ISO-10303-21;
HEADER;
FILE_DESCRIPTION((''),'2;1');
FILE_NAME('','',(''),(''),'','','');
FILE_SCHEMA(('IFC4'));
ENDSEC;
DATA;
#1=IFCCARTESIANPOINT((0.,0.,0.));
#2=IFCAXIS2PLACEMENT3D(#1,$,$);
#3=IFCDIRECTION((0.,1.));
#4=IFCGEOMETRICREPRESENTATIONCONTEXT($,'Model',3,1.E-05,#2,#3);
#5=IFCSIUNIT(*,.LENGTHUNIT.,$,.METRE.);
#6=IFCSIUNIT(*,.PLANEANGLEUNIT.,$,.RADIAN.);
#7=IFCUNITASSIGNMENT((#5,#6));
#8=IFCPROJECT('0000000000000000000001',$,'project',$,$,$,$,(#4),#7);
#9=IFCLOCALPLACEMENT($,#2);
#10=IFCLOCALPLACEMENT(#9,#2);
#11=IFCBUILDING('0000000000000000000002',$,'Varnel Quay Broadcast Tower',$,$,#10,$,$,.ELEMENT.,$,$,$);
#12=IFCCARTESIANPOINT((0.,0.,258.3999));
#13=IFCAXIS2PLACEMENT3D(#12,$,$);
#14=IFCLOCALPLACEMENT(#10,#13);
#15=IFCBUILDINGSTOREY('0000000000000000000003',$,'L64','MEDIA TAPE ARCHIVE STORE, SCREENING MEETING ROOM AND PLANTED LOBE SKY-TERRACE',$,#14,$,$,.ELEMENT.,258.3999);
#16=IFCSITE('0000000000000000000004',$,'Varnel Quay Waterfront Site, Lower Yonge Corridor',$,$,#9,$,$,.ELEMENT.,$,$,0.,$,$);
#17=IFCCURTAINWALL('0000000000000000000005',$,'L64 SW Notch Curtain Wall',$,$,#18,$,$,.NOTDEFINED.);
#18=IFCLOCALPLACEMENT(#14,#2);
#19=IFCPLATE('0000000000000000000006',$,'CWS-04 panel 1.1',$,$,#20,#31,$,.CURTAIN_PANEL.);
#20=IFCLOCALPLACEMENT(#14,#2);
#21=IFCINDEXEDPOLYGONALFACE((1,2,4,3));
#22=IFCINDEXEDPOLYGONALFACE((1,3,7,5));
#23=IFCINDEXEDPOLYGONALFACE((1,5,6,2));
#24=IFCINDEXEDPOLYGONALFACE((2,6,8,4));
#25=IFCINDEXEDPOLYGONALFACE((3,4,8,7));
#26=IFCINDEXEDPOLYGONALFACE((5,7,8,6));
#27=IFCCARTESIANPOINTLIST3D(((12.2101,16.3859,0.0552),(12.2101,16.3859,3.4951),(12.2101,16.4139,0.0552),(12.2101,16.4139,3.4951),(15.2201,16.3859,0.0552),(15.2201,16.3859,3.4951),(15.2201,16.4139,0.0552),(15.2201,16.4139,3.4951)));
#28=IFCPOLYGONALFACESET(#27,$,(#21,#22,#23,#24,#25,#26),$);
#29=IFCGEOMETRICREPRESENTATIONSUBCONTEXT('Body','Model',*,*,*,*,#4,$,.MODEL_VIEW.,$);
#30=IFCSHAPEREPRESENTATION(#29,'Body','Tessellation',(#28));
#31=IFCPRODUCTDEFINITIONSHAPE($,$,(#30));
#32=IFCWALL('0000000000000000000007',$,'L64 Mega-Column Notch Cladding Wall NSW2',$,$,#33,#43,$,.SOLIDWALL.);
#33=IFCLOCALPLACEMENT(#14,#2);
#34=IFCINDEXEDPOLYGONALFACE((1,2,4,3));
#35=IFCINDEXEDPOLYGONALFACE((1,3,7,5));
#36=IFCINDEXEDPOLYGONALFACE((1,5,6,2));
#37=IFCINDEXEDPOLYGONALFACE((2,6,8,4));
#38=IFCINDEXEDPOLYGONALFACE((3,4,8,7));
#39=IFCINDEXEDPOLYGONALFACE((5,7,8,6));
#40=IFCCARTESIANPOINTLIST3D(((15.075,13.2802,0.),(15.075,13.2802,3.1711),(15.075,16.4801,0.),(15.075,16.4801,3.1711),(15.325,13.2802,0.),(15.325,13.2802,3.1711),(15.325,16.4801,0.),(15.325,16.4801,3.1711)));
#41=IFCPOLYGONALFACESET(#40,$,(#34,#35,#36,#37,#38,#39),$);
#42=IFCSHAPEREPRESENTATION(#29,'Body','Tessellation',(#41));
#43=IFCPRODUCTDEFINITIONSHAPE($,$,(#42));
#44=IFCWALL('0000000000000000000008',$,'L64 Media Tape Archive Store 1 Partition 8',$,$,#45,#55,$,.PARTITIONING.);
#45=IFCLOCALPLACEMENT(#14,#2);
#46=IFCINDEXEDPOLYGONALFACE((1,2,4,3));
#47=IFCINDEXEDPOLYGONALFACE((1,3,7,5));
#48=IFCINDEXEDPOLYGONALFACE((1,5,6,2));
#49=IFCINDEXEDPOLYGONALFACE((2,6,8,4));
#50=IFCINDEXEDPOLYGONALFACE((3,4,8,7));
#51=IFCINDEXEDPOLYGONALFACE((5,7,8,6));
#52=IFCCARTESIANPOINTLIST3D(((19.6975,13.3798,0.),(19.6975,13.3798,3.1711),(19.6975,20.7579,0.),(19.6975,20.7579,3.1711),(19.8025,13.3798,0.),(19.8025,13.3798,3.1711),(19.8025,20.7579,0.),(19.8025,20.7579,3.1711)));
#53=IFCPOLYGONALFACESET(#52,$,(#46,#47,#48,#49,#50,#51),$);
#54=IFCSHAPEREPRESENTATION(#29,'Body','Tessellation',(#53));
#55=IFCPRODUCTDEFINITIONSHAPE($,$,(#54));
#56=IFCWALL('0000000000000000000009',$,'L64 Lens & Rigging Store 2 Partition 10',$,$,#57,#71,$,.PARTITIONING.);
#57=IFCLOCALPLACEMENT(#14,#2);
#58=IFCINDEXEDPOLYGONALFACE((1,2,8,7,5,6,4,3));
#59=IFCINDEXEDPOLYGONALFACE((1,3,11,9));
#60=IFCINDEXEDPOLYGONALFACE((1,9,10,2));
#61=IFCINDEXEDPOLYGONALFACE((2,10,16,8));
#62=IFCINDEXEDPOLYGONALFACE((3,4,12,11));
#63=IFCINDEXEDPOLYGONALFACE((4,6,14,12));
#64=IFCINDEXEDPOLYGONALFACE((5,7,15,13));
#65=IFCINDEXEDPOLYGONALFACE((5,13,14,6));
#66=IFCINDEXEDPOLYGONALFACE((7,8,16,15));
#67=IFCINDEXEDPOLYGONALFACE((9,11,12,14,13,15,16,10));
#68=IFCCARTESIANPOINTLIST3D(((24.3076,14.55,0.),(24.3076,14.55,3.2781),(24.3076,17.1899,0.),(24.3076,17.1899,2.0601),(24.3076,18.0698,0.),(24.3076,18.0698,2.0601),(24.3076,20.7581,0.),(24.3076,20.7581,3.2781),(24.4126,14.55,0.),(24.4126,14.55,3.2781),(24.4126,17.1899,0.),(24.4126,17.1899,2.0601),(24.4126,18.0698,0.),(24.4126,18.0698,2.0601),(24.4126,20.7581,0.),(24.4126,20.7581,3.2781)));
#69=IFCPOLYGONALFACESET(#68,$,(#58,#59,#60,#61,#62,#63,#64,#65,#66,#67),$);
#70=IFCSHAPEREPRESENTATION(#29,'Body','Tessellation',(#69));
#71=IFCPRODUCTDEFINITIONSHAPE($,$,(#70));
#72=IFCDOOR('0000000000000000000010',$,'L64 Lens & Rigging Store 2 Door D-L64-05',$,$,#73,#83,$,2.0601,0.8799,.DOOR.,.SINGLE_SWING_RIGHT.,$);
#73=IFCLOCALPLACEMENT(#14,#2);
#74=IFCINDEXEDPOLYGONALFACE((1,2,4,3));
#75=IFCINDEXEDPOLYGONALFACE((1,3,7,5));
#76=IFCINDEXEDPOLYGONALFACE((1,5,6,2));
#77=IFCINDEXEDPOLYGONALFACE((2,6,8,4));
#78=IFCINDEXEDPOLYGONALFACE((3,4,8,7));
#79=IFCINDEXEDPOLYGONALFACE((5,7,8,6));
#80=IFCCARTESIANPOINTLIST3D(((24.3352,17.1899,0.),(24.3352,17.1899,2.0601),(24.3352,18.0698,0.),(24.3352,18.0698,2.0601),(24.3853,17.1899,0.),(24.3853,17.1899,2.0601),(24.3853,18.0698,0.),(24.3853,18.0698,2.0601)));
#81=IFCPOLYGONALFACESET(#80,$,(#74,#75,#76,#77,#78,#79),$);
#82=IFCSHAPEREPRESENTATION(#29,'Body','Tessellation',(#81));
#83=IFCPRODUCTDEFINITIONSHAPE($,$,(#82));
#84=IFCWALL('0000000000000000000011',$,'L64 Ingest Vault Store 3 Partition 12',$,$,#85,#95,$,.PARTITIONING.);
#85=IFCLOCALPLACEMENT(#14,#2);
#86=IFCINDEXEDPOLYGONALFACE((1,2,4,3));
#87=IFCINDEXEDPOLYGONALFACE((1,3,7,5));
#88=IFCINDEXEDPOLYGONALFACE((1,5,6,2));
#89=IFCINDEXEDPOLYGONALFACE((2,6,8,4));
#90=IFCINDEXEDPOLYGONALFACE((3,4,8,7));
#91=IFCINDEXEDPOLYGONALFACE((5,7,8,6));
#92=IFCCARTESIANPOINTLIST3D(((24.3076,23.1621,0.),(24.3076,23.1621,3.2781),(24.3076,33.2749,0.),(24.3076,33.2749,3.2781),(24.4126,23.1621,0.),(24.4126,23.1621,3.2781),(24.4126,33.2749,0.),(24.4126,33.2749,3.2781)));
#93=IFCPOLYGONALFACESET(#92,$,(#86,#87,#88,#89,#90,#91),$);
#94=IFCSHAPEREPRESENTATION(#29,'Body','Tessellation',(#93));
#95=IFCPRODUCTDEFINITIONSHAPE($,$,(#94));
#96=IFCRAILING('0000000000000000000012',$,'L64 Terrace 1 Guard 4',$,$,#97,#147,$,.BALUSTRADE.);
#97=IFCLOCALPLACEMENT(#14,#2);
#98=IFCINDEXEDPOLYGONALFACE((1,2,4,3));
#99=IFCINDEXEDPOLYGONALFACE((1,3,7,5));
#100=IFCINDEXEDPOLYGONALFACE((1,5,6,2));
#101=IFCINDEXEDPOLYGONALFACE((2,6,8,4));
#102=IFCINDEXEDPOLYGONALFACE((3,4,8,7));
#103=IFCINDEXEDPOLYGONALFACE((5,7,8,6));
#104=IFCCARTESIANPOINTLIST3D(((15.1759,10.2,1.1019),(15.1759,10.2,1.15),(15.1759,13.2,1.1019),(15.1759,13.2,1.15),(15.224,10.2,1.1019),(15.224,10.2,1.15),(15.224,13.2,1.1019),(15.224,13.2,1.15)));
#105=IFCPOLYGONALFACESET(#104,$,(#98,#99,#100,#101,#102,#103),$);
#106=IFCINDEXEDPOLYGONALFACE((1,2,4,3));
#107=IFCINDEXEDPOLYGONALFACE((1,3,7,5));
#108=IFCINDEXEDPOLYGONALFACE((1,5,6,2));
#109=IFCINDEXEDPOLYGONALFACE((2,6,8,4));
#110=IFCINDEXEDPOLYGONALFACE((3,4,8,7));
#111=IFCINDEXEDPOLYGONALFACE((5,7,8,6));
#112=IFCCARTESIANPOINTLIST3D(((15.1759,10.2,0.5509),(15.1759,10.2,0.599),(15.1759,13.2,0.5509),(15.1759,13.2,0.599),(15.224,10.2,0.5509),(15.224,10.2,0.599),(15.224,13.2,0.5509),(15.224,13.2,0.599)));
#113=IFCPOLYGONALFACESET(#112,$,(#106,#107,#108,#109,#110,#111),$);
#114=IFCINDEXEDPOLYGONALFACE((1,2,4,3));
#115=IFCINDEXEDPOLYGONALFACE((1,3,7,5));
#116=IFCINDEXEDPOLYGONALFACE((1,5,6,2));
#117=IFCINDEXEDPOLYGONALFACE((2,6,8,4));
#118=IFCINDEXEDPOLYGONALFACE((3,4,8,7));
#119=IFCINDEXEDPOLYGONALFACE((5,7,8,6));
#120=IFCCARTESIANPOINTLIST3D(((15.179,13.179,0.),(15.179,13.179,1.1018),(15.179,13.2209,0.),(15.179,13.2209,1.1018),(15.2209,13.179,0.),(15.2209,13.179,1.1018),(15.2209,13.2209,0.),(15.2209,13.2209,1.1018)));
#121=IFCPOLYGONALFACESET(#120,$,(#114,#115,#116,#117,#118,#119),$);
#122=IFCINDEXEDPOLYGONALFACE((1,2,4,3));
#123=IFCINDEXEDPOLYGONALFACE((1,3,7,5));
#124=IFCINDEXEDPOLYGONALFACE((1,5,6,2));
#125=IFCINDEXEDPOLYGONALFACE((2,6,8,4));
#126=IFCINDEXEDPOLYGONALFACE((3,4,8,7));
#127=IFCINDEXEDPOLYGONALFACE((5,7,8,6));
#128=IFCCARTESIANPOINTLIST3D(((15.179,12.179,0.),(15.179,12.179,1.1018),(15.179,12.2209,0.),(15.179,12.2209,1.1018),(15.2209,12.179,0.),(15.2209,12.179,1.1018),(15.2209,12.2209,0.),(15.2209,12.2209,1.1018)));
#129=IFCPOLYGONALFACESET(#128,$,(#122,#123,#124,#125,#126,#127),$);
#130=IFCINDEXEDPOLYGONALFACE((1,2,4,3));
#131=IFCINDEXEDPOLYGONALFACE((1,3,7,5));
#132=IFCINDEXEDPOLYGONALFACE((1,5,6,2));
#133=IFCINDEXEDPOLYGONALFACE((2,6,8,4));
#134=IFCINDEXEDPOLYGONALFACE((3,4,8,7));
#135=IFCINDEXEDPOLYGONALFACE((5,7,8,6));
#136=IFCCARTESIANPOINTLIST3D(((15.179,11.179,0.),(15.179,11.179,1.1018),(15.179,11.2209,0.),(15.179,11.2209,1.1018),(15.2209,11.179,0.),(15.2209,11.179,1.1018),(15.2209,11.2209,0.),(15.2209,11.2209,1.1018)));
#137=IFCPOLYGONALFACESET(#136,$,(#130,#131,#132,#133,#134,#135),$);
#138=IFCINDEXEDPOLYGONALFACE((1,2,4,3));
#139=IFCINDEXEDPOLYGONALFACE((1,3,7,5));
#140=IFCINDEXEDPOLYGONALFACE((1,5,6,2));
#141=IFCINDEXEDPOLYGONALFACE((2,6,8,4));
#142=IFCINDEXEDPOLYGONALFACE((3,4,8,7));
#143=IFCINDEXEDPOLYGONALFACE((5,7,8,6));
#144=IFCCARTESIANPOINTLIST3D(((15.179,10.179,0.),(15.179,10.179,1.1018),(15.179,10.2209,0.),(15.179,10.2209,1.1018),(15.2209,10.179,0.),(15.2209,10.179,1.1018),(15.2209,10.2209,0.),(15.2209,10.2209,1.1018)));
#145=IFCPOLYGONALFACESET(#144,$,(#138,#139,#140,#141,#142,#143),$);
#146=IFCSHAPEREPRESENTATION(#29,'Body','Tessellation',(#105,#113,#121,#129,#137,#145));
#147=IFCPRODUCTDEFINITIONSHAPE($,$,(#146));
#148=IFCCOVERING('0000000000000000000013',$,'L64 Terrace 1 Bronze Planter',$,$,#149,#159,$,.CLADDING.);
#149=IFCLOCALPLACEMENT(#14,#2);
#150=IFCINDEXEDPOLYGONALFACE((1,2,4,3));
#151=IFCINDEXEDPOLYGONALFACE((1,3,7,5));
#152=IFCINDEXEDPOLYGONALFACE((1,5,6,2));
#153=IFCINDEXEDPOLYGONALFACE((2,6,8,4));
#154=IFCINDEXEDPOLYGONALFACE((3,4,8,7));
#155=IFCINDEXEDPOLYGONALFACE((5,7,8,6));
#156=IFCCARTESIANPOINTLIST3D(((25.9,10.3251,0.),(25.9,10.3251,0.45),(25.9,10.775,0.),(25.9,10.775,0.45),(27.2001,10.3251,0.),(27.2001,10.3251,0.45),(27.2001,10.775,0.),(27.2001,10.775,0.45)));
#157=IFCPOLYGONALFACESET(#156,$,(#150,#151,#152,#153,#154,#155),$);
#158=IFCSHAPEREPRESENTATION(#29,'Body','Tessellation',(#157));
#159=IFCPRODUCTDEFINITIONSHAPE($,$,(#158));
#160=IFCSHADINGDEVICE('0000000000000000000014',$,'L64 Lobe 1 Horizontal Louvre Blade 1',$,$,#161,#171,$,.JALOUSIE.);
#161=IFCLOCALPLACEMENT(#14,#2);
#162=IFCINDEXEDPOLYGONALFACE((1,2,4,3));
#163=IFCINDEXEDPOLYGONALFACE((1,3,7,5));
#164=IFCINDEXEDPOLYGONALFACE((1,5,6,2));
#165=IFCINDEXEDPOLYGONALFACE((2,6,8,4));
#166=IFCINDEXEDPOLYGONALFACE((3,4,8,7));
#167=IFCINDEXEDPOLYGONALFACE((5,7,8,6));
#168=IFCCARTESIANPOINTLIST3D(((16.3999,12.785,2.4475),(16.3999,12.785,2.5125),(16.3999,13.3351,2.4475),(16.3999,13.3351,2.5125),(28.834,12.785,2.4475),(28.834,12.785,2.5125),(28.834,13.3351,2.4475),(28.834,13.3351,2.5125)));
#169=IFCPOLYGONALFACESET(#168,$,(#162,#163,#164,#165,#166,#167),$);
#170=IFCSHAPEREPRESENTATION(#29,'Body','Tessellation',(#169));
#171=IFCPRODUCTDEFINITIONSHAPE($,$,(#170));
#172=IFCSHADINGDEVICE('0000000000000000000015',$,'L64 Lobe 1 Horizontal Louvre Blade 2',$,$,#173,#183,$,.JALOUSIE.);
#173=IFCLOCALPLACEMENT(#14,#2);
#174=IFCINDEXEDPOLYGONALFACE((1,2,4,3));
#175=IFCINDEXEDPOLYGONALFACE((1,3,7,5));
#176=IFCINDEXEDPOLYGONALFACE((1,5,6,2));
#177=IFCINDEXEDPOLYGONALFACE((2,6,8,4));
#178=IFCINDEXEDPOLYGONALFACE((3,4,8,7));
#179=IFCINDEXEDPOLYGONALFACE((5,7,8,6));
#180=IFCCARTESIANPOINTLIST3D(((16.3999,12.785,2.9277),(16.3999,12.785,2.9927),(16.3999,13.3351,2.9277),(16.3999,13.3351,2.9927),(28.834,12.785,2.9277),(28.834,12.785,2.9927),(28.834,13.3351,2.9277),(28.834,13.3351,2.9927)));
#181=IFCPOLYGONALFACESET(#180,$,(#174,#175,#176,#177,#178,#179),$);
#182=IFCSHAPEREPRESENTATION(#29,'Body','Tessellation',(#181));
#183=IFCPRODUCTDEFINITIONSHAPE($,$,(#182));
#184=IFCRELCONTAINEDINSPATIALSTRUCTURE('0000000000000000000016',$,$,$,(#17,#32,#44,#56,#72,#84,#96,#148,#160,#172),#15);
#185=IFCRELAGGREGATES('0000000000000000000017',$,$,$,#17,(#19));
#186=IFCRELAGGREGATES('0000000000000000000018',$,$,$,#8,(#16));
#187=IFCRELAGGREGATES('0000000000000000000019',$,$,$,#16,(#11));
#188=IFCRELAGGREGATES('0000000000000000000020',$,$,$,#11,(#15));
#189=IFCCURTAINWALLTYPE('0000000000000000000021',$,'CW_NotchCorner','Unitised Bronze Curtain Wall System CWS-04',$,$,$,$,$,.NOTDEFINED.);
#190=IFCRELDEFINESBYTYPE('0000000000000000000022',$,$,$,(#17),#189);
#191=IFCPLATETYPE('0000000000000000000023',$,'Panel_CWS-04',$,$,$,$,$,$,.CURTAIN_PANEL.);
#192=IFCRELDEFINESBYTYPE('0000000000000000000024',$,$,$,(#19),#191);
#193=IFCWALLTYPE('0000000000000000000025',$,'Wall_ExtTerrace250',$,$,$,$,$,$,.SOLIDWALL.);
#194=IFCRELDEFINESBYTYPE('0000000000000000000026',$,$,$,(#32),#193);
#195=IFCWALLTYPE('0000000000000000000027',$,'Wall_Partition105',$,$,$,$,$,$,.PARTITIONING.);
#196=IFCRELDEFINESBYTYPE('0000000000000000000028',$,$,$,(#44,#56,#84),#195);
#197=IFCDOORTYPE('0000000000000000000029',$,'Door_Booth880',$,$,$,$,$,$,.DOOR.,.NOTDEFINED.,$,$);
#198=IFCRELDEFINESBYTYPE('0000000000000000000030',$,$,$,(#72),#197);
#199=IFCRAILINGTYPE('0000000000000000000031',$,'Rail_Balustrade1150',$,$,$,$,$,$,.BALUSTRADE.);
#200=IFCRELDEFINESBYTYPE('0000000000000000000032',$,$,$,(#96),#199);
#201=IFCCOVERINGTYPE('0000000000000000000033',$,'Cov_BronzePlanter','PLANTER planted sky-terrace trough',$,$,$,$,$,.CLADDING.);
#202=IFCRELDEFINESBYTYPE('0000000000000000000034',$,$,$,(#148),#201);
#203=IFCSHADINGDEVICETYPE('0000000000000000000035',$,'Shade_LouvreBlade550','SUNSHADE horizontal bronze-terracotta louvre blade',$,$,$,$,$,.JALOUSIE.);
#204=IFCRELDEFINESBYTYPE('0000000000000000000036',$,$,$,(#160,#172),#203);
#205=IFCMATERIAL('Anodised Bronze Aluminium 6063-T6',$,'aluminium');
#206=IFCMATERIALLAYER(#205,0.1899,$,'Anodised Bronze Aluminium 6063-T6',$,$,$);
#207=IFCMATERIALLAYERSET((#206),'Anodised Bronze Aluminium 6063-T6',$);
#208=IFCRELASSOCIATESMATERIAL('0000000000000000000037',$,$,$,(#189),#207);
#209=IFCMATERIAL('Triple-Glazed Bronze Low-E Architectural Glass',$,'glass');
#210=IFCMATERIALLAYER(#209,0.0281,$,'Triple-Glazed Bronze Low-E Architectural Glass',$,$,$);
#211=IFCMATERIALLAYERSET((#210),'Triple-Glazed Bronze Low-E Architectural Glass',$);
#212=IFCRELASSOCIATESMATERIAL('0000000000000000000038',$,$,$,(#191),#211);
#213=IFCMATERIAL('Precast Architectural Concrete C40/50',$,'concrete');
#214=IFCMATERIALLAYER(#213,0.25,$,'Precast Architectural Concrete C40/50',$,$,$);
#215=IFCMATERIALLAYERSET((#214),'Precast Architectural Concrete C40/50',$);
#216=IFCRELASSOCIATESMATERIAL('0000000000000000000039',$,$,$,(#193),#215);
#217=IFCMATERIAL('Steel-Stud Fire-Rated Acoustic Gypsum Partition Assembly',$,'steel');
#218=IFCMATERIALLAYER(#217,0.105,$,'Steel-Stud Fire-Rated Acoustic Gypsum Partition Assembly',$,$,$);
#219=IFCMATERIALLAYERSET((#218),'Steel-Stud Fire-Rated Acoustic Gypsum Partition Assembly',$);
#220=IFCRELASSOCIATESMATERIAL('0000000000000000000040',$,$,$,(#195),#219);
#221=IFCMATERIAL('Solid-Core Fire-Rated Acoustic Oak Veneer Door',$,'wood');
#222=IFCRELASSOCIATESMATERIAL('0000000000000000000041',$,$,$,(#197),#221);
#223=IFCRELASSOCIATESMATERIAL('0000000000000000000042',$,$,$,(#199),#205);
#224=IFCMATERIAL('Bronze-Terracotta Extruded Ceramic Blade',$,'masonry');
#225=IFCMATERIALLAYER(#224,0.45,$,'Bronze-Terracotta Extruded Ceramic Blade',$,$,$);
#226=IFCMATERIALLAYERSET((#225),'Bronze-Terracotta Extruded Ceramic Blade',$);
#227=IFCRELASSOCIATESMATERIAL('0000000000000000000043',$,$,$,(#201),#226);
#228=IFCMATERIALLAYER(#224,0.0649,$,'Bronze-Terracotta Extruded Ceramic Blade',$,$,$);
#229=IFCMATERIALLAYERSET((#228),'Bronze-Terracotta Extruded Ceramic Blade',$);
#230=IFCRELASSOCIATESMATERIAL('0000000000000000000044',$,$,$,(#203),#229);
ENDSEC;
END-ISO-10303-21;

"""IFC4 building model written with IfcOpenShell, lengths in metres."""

from ifc_helpers import new_model, si_unit, direction, frame, frame_2d, origin, origin_2d, place, context, subcontext, project, spatial, rectangle, extrude, source, transform, mapped, material, layer, layer_set, type_object, type_shapes, element, fill, aggregate, save


model = new_model("IFC4")

# Units and contexts
model_context = context("Model", 3, precision=1e-05, world=origin(), true_north=direction((0.0, 1.0)))
body_context = subcontext(model_context, "Body", "Model", "MODEL_VIEW")
ifc_project = project(units=[si_unit("LENGTHUNIT", "METRE"), si_unit("PLANEANGLEUNIT", "RADIAN")], contexts=[model_context])

# Site, building, storey
site_placement = place(None, origin())
site = spatial("IfcSite", under=ifc_project, at=site_placement, Name="Varnel Quay Waterfront Site, Lower Yonge Corridor", CompositionType="ELEMENT", RefElevation=0.0)
building_placement = place(site_placement, origin())
building = spatial("IfcBuilding", under=site, at=building_placement, Name="Varnel Quay Broadcast Tower", CompositionType="ELEMENT")
storey_placement = place(building_placement, frame((0.0, 0.0, 258.3999)))
storey = spatial("IfcBuildingStorey", under=building, at=storey_placement, Name="L64", Description="MEDIA TAPE ARCHIVE STORE, SCREENING MEETING ROOM AND PLANTED LOBE SKY-TERRACE", CompositionType="ELEMENT", Elevation=258.3999)

# Curtain wall
ifc_material_1 = material(Name="Anodised Bronze Aluminium 6063-T6", Category="aluminium")
ifc_layer_1 = layer(ifc_material_1, 0.1899, Name="Anodised Bronze Aluminium 6063-T6")
ifc_layer_set_1 = layer_set([ifc_layer_1], Name="Anodised Bronze Aluminium 6063-T6")
curtain_wall_type_1 = type_object("IfcCurtainWallType", Name="CW_NotchCorner", Description="Unitised Bronze Curtain Wall System CWS-04", PredefinedType="NOTDEFINED", material=ifc_layer_set_1)
curtain_wall_1_placement = place(storey_placement, origin())
curtain_wall_1 = element("IfcCurtainWall", 1, at=curtain_wall_1_placement, inside=storey, type_object=curtain_wall_type_1, Name="L64 SW Notch Curtain Wall", PredefinedType="NOTDEFINED")

# Plate
ifc_material_2 = material(Name="Triple-Glazed Bronze Low-E Architectural Glass", Category="glass")
ifc_layer_2 = layer(ifc_material_2, 0.0281, Name="Triple-Glazed Bronze Low-E Architectural Glass")
ifc_layer_set_2 = layer_set([ifc_layer_2], Name="Triple-Glazed Bronze Low-E Architectural Glass")
plate_type_1 = type_object("IfcPlateType", Name="Panel_CWS-04", PredefinedType="CURTAIN_PANEL", material=ifc_layer_set_2)
shared_shape_1 = source(origin(), body_context, "Body", "SweptSolid", [
    extrude(rectangle(XDim=3.01, YDim=0.0281, at=origin_2d()), origin(), (0.0, 0.0, 1.0), 3.4399),
])
type_shapes(plate_type_1, [shared_shape_1])
plate_1_placement = place(storey_placement, frame((13.7151, 16.3999, 0.0552), z_axis=(0.0, 0.0, 1.0), x_axis=(1.0, 0.0, 0.0)))
plate_1 = element("IfcPlate", 2, at=plate_1_placement, type_object=plate_type_1, Name="CWS-04 panel 1.1", PredefinedType="CURTAIN_PANEL", context=body_context, shape_type="MappedRepresentation", body=[
    mapped(shared_shape_1, transform((0.0, 0.0, 0.0), x_axis=(1.0, 0.0, 0.0), y_axis=(0.0, 1.0, 0.0), z_axis=(0.0, 0.0, 1.0), scale=1.0)),
])
aggregate(curtain_wall_1, [plate_1])

# Shared definitions
ifc_material_3 = material(Name="Precast Architectural Concrete C40/50", Category="concrete")
ifc_layer_3 = layer(ifc_material_3, 0.25, Name="Precast Architectural Concrete C40/50")
ifc_layer_set_3 = layer_set([ifc_layer_3], Name="Precast Architectural Concrete C40/50")
wall_type_1 = type_object("IfcWallType", Name="Wall_ExtTerrace250", PredefinedType="SOLIDWALL", material=ifc_layer_set_3)

# Walls
wall_1_placement = place(storey_placement, frame((15.2, 13.28, 0.0), z_axis=(0.0, 0.0, 1.0), x_axis=(0.0, 1.0, 0.0)))
element("IfcWall", 3, at=wall_1_placement, inside=storey, type_object=wall_type_1, Name="L64 Mega-Column Notch Cladding Wall NSW2", PredefinedType="SOLIDWALL", context=body_context, shape_type="SweptSolid", body=[
    extrude(rectangle(XDim=3.2, YDim=0.25, at=frame_2d((1.6001, 0.0))), origin(), (0.0, 0.0, 1.0), 3.1711),
])
ifc_material_4 = material(Name="Steel-Stud Fire-Rated Acoustic Gypsum Partition Assembly", Category="steel")
ifc_layer_4 = layer(ifc_material_4, 0.105, Name="Steel-Stud Fire-Rated Acoustic Gypsum Partition Assembly")
ifc_layer_set_4 = layer_set([ifc_layer_4], Name="Steel-Stud Fire-Rated Acoustic Gypsum Partition Assembly")
wall_type_2 = type_object("IfcWallType", Name="Wall_Partition105", PredefinedType="PARTITIONING", material=ifc_layer_set_4)
wall_2_placement = place(storey_placement, frame((19.75, 13.3799, 0.0), z_axis=(0.0, 0.0, 1.0), x_axis=(0.0, 1.0, 0.0)))
element("IfcWall", 4, at=wall_2_placement, inside=storey, type_object=wall_type_2, Name="L64 Media Tape Archive Store 1 Partition 8", PredefinedType="PARTITIONING", context=body_context, shape_type="SweptSolid", body=[
    extrude(rectangle(XDim=7.3782, YDim=0.105, at=frame_2d((3.689, 0.0))), origin(), (0.0, 0.0, 1.0), 3.1711),
])

# Wall, opening, door
wall_3_placement = place(storey_placement, frame((24.3601, 14.55, 0.0), z_axis=(0.0, 0.0, 1.0), x_axis=(0.0, 1.0, 0.0)))
wall_3 = element("IfcWall", 5, at=wall_3_placement, inside=storey, type_object=wall_type_2, Name="L64 Lens & Rigging Store 2 Partition 10", PredefinedType="PARTITIONING", context=body_context, shape_type="SweptSolid", body=[
    extrude(rectangle(XDim=6.208, YDim=0.105, at=frame_2d((3.104, 0.0))), origin(), (0.0, 0.0, 1.0), 3.2781),
])
opening_1_placement = place(wall_3_placement, frame((2.6399, 0.0, 0.0)))
opening_1 = element("IfcOpeningElement", 6, at=opening_1_placement, cuts=wall_3, PredefinedType="OPENING", context=body_context, shape_type="SweptSolid", body=[
    extrude(rectangle(XDim=0.8799, YDim=2.0601, at=frame_2d((0.4399, 1.03))), frame((0.0, 0.0625, 0.0), z_axis=(0.0, -1.0, 0.0), x_axis=(1.0, 0.0, 0.0)), (0.0, 0.0, 1.0), 0.125),
])
ifc_material_5 = material(Name="Solid-Core Fire-Rated Acoustic Oak Veneer Door", Category="wood")
door_type_1 = type_object("IfcDoorType", Name="Door_Booth880", OperationType="NOTDEFINED", PredefinedType="DOOR", material=ifc_material_5)
shared_shape_2 = source(origin(), body_context, "Body", "SweptSolid", [
    extrude(rectangle(XDim=0.8799, YDim=2.0601, at=frame_2d((0.4399, 1.03))), frame((0.0, 0.0249, 0.0), z_axis=(0.0, -1.0, 0.0), x_axis=(1.0, 0.0, 0.0)), (0.0, 0.0, 1.0), 0.05),
])
type_shapes(door_type_1, [shared_shape_2])
door_1_placement = place(opening_1_placement, origin())
door_1 = element("IfcDoor", 7, at=door_1_placement, inside=storey, type_object=door_type_1, Name="L64 Lens & Rigging Store 2 Door D-L64-05", OperationType="SINGLE_SWING_RIGHT", OverallHeight=2.0601, OverallWidth=0.8799, PredefinedType="DOOR", context=body_context, shape_type="MappedRepresentation", body=[
    mapped(shared_shape_2, transform((0.0, 0.0, 0.0), x_axis=(1.0, 0.0, 0.0), y_axis=(0.0, 1.0, 0.0), z_axis=(0.0, 0.0, 1.0), scale=1.0)),
])
fill(opening_1, door_1)

# Wall
wall_4_placement = place(storey_placement, frame((24.3601, 23.1621, 0.0), z_axis=(0.0, 0.0, 1.0), x_axis=(0.0, 1.0, 0.0)))
element("IfcWall", 8, at=wall_4_placement, inside=storey, type_object=wall_type_2, Name="L64 Ingest Vault Store 3 Partition 12", PredefinedType="PARTITIONING", context=body_context, shape_type="SweptSolid", body=[
    extrude(rectangle(XDim=10.1128, YDim=0.105, at=frame_2d((5.0564, 0.0))), origin(), (0.0, 0.0, 1.0), 3.2781),
])

# Railing
railing_type = type_object("IfcRailingType", Name="Rail_Balustrade1150", PredefinedType="BALUSTRADE", material=ifc_material_1)
railing_1_placement = place(storey_placement, frame((15.2, 13.2, 0.0)))
element("IfcRailing", 9, at=railing_1_placement, inside=storey, type_object=railing_type, Name="L64 Terrace 1 Guard 4", PredefinedType="BALUSTRADE", context=body_context, shape_type="SweptSolid", body=[
    extrude(rectangle(XDim=0.0481, YDim=0.0481, at=origin_2d()), frame((0.0, 0.0, 1.126), z_axis=(0.0, -1.0, 0.0), x_axis=(1.0, 0.0, 0.0)), (0.0, 0.0, 1.0), 3.0),
    extrude(rectangle(XDim=0.0481, YDim=0.0481, at=origin_2d()), frame((0.0, 0.0, 0.575), z_axis=(0.0, -1.0, 0.0), x_axis=(1.0, 0.0, 0.0)), (0.0, 0.0, 1.0), 3.0),
    extrude(rectangle(XDim=0.042, YDim=0.042, at=origin_2d()), origin(), (0.0, 0.0, 1.0), 1.1018),
    extrude(rectangle(XDim=0.042, YDim=0.042, at=origin_2d()), frame((0.0, -1.0, 0.0)), (0.0, 0.0, 1.0), 1.1018),
    extrude(rectangle(XDim=0.042, YDim=0.042, at=origin_2d()), frame((0.0, -2.0, 0.0)), (0.0, 0.0, 1.0), 1.1018),
    extrude(rectangle(XDim=0.042, YDim=0.042, at=origin_2d()), frame((0.0, -3.0, 0.0)), (0.0, 0.0, 1.0), 1.1018),
])

# Covering
ifc_material_6 = material(Name="Bronze-Terracotta Extruded Ceramic Blade", Category="masonry")
ifc_layer_5 = layer(ifc_material_6, 0.45, Name="Bronze-Terracotta Extruded Ceramic Blade")
ifc_layer_set_5 = layer_set([ifc_layer_5], Name="Bronze-Terracotta Extruded Ceramic Blade")
covering_type = type_object("IfcCoveringType", Name="Cov_BronzePlanter", Description="PLANTER planted sky-terrace trough", PredefinedType="CLADDING", material=ifc_layer_set_5)
shared_shape_3 = source(origin(), body_context, "Body", "SweptSolid", [
    extrude(rectangle(XDim=1.3, YDim=0.45, at=origin_2d()), origin(), (0.0, 0.0, 1.0), 0.45),
])
type_shapes(covering_type, [shared_shape_3])
covering_placement = place(storey_placement, frame((26.55, 10.55, 0.0), z_axis=(0.0, 0.0, 1.0), x_axis=(1.0, 0.0, 0.0)))
element("IfcCovering", 10, at=covering_placement, inside=storey, type_object=covering_type, Name="L64 Terrace 1 Bronze Planter", PredefinedType="CLADDING", context=body_context, shape_type="MappedRepresentation", body=[
    mapped(shared_shape_3, transform((0.0, 0.0, 0.0), x_axis=(1.0, 0.0, 0.0), y_axis=(0.0, 1.0, 0.0), z_axis=(0.0, 0.0, 1.0), scale=1.0)),
])

# Shading devices
ifc_layer_6 = layer(ifc_material_6, 0.0649, Name="Bronze-Terracotta Extruded Ceramic Blade")
ifc_layer_set_6 = layer_set([ifc_layer_6], Name="Bronze-Terracotta Extruded Ceramic Blade")
shading_device_type = type_object("IfcShadingDeviceType", Name="Shade_LouvreBlade550", Description="SUNSHADE horizontal bronze-terracotta louvre blade", PredefinedType="JALOUSIE", material=ifc_layer_set_6)
shared_shape_4 = source(origin(), body_context, "Body", "SweptSolid", [
    extrude(rectangle(XDim=12.4341, YDim=0.55, at=origin_2d()), origin(), (0.0, 0.0, 1.0), 0.0649),
])
type_shapes(shading_device_type, [shared_shape_4])
for number, where, z_axis, x_axis, name in (
    (11, (22.6169, 13.0601, 2.4475), (0.0, 0.0, 1.0), (1.0, 0.0, 0.0), "L64 Lobe 1 Horizontal Louvre Blade 1"),
    (12, (22.6169, 13.0601, 2.9277), (0.0, 0.0, 1.0), (1.0, 0.0, 0.0), "L64 Lobe 1 Horizontal Louvre Blade 2"),
):
    element("IfcShadingDevice", number, at=place(storey_placement, frame(where, z_axis=z_axis, x_axis=x_axis)), inside=storey, type_object=shading_device_type, Name=name, PredefinedType="JALOUSIE", context=body_context, shape_type="MappedRepresentation", body=[
        mapped(shared_shape_4, transform((0.0, 0.0, 0.0), x_axis=(1.0, 0.0, 0.0), y_axis=(0.0, 1.0, 0.0), z_axis=(0.0, 0.0, 1.0), scale=1.0)),
    ])

save(model, "model.ifc")
